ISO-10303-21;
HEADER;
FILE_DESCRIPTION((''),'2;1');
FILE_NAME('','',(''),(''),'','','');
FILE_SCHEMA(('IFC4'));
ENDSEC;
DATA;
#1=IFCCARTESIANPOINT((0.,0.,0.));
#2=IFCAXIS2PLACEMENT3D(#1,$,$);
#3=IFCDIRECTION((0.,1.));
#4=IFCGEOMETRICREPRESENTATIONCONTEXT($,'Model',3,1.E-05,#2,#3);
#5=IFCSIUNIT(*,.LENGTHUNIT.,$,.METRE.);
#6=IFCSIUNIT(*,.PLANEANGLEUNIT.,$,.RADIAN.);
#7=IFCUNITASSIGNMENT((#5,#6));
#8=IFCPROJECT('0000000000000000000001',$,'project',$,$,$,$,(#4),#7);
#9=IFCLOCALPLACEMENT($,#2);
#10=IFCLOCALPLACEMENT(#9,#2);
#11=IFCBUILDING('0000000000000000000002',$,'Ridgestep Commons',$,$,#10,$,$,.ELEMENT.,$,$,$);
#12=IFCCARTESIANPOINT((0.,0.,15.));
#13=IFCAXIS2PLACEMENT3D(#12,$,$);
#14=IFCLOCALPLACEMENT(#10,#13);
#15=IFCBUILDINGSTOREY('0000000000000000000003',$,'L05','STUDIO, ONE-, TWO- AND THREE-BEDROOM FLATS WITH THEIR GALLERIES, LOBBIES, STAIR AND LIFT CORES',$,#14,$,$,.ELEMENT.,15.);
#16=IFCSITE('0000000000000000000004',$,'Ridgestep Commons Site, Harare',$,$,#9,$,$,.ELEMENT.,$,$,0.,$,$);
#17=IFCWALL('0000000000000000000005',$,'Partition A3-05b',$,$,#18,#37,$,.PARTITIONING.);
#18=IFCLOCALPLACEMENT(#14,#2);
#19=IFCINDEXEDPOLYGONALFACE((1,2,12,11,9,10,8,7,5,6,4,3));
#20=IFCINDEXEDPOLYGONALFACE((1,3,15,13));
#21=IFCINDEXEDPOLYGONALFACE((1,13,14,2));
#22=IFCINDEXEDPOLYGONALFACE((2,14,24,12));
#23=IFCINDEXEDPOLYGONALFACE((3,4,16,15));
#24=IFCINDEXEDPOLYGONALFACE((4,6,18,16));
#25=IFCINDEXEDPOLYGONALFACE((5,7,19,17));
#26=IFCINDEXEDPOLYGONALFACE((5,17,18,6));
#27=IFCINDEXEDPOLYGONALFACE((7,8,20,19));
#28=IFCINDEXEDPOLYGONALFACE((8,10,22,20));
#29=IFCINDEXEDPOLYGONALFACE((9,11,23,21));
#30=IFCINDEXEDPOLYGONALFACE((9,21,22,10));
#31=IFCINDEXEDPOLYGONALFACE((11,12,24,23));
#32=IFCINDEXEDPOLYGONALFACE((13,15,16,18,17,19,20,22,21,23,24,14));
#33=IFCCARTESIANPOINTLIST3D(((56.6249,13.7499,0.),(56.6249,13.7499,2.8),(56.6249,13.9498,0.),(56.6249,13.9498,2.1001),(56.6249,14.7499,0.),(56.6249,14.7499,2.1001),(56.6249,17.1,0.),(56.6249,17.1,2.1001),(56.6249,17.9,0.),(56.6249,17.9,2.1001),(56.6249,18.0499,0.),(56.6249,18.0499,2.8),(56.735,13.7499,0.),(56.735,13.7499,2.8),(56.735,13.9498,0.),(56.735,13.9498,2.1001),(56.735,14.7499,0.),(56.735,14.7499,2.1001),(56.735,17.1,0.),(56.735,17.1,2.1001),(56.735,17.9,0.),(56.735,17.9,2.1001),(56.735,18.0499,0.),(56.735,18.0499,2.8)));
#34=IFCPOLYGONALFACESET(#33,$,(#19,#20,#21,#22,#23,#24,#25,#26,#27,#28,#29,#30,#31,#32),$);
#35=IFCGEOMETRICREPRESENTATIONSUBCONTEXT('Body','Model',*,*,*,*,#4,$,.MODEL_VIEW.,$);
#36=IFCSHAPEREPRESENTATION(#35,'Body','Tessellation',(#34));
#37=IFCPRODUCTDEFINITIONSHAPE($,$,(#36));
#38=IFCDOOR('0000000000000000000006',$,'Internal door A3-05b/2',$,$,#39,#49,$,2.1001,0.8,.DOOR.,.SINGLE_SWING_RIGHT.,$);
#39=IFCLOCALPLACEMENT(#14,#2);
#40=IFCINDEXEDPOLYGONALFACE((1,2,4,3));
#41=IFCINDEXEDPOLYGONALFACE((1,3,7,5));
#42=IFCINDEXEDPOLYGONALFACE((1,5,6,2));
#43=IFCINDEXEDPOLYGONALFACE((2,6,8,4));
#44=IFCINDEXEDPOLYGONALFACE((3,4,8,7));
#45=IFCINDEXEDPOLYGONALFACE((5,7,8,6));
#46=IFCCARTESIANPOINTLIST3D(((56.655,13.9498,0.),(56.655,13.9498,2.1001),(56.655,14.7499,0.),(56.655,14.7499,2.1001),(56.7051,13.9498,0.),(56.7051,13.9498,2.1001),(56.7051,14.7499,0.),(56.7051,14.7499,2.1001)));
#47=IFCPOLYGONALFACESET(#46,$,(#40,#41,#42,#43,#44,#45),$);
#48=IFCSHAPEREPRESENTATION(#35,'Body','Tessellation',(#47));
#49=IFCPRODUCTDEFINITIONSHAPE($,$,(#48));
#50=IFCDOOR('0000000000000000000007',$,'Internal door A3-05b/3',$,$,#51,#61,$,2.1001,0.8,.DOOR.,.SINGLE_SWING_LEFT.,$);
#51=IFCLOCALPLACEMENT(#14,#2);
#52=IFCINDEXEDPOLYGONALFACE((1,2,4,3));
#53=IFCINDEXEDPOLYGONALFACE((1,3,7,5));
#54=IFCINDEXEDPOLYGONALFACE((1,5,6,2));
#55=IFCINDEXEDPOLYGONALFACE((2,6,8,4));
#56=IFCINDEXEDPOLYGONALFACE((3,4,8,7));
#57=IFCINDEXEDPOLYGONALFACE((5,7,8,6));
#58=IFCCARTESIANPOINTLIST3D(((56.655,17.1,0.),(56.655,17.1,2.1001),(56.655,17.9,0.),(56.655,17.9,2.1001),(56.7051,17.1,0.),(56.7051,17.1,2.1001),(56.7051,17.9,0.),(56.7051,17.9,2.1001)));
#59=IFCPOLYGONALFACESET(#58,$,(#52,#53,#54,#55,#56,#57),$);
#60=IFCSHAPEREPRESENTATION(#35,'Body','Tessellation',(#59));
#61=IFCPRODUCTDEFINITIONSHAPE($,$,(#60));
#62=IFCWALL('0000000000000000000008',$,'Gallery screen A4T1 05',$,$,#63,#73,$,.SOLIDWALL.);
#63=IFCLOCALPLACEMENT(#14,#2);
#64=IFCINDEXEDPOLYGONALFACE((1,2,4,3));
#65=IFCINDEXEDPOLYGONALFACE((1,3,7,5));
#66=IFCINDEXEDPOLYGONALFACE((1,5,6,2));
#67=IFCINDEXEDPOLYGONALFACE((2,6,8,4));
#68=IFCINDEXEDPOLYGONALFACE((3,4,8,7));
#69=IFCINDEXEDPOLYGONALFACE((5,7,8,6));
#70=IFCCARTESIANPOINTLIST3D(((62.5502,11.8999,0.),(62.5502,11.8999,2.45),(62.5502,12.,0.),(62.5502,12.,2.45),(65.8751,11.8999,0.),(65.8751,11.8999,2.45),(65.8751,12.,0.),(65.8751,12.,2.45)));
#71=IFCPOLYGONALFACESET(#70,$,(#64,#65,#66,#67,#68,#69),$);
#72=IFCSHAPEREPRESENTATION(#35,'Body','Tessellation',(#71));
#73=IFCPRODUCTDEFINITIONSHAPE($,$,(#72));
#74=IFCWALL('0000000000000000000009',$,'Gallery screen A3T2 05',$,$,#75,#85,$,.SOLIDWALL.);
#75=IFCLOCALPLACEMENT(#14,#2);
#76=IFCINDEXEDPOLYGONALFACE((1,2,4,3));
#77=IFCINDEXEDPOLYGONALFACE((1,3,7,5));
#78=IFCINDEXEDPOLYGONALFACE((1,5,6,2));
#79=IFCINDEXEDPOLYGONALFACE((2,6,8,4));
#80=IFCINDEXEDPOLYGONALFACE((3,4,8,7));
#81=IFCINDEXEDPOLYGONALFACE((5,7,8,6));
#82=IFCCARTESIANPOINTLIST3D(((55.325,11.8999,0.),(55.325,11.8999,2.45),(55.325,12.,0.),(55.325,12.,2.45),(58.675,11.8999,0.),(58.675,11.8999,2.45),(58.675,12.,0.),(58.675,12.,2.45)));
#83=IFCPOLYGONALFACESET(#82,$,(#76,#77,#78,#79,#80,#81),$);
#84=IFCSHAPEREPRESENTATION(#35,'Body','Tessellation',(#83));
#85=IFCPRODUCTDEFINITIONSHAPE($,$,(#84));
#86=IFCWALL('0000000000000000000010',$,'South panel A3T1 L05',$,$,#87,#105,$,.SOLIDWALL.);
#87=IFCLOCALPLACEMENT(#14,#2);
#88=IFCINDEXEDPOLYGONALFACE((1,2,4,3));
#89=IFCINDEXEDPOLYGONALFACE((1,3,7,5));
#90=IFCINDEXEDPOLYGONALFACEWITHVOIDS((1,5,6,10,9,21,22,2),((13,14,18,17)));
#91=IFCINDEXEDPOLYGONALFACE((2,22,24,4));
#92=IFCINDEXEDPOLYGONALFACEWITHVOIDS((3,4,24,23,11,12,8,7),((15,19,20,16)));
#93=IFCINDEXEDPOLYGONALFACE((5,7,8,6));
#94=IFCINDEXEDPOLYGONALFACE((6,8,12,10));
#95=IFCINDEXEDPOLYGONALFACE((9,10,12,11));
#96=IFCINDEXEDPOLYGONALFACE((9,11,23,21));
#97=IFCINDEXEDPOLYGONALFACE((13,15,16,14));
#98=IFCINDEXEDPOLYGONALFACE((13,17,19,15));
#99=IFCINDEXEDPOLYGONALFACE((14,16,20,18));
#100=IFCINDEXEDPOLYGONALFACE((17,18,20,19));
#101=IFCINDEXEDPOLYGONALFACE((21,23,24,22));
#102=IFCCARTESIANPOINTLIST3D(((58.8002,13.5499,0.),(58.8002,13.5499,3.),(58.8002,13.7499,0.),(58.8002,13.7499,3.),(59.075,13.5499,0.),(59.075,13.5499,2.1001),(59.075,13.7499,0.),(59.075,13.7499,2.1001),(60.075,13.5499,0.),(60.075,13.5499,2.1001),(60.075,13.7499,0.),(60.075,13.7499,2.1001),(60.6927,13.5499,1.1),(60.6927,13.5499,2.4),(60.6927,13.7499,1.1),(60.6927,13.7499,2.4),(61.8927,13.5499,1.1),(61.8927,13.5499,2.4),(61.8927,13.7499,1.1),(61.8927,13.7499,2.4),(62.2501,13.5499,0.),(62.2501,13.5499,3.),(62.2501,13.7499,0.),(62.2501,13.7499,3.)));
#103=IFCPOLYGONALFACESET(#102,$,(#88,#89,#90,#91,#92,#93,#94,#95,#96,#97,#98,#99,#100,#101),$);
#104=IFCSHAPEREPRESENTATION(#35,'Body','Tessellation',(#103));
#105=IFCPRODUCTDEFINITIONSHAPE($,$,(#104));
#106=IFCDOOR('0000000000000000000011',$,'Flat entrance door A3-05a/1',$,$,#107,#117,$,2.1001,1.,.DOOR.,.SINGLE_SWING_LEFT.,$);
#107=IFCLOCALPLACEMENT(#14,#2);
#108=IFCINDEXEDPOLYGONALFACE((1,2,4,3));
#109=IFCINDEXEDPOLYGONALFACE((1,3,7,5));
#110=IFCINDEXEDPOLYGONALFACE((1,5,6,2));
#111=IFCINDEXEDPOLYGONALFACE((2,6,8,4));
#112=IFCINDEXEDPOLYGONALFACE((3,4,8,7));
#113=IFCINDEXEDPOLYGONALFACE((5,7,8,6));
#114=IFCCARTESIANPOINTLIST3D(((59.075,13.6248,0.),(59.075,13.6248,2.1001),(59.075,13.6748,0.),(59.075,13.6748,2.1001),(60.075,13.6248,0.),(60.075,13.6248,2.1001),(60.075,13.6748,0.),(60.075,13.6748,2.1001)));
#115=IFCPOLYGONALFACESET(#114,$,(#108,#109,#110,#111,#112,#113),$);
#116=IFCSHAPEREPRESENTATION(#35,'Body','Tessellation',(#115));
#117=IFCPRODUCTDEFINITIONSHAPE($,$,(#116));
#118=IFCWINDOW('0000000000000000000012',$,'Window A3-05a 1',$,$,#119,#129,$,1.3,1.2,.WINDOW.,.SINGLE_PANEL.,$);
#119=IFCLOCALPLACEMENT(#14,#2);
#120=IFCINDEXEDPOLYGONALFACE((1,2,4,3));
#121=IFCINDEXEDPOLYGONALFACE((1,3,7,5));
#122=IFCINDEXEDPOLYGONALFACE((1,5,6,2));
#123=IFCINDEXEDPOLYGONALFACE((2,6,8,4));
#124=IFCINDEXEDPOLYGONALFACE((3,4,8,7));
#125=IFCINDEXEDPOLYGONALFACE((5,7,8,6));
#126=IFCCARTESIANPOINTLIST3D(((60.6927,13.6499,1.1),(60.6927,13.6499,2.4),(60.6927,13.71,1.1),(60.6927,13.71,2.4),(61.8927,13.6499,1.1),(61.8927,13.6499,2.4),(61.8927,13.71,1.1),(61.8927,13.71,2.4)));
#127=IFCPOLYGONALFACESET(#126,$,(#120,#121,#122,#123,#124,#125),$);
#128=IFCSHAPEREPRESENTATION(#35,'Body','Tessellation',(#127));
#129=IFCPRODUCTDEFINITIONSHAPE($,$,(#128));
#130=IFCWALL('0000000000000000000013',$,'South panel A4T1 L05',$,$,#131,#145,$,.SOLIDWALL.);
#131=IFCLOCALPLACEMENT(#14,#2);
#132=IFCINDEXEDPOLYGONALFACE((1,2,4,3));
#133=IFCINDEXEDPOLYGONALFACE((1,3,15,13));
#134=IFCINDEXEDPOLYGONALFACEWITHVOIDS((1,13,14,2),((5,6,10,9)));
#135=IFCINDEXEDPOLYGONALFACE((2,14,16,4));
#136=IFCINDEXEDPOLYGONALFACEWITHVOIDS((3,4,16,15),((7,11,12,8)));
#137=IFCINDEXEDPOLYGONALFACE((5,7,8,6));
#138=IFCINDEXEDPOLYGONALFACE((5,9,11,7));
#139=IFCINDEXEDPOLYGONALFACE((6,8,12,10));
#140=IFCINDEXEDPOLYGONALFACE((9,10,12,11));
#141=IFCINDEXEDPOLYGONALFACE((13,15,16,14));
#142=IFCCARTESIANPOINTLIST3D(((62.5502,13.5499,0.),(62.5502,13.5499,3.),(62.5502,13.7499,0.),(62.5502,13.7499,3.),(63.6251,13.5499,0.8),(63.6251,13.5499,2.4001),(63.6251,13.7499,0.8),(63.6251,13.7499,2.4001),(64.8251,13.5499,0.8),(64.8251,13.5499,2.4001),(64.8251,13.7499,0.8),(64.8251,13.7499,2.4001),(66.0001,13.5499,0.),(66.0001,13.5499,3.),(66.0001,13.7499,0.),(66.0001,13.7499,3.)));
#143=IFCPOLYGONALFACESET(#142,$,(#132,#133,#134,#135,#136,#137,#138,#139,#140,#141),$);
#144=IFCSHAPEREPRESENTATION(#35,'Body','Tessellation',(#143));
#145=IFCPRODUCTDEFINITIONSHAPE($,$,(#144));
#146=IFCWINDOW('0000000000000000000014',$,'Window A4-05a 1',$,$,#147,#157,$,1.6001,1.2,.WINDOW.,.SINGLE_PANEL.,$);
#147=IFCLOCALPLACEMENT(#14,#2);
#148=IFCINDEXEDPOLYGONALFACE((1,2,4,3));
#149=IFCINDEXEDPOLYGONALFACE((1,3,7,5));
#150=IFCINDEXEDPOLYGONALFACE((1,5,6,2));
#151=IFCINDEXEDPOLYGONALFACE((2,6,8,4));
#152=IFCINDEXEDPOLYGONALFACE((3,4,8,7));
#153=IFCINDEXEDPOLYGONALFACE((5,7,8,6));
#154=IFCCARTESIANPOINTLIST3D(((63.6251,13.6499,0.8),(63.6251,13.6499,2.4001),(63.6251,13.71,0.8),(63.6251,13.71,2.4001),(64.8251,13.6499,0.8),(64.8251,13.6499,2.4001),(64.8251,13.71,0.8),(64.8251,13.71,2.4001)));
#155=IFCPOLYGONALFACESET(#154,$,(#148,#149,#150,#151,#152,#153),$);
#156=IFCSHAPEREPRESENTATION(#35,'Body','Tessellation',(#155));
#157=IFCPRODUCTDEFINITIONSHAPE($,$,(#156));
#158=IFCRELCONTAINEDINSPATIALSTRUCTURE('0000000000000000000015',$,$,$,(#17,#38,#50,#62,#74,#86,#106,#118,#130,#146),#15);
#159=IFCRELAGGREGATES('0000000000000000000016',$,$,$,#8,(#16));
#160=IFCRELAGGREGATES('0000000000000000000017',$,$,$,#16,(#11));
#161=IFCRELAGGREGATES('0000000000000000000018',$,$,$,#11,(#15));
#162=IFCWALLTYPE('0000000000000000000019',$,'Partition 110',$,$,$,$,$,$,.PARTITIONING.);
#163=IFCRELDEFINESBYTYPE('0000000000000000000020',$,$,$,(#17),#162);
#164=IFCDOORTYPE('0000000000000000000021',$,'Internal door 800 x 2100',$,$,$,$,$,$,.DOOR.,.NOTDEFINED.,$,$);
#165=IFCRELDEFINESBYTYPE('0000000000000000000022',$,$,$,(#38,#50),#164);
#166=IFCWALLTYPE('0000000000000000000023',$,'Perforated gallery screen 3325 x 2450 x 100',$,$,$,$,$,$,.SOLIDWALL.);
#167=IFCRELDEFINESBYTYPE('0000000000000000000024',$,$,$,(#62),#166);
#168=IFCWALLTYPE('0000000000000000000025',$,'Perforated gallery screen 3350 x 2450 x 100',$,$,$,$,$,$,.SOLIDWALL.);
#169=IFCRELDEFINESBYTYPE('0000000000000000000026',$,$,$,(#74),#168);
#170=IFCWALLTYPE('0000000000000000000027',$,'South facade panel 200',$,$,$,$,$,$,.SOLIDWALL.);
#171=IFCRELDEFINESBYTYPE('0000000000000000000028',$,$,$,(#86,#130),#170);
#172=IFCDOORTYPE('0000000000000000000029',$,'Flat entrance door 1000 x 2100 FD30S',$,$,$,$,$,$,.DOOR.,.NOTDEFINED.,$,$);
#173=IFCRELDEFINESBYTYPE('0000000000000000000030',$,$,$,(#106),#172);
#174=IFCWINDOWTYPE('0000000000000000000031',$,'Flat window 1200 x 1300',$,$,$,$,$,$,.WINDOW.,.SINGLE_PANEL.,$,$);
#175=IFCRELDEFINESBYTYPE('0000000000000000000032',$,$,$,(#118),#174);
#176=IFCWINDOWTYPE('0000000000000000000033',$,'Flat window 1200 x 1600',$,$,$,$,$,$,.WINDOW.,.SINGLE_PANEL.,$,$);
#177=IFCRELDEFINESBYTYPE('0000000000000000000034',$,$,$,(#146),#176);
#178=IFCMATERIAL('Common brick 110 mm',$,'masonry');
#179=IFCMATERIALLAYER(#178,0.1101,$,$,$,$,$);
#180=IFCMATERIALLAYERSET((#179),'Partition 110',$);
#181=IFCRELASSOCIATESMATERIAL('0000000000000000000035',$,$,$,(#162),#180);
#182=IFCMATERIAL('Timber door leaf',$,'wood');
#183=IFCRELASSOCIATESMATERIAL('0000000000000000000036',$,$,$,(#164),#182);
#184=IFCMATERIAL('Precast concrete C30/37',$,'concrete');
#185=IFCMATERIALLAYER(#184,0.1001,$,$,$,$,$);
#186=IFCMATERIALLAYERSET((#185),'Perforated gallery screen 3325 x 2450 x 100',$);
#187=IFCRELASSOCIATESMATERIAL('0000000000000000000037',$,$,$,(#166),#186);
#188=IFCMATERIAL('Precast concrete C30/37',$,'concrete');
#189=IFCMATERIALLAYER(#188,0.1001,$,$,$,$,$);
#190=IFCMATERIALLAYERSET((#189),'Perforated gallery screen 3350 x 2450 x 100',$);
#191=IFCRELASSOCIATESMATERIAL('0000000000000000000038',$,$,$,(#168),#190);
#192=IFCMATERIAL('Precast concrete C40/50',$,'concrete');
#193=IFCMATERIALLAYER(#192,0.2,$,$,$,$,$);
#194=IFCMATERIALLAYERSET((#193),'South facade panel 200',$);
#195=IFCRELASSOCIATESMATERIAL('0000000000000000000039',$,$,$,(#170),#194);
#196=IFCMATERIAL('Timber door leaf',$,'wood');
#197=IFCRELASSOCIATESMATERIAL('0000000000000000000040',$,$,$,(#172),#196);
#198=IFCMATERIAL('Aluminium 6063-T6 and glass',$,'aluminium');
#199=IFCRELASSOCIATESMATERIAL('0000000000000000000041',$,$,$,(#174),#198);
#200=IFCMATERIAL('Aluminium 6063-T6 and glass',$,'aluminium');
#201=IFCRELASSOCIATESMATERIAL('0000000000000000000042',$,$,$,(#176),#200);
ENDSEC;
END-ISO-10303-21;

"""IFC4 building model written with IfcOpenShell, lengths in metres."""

from ifc_helpers import new_model, si_unit, direction, frame, frame_2d, origin, place, context, subcontext, project, spatial, rectangle, extrude, material, layer, layer_set, type_object, element, fill, save


model = new_model("IFC4")

# Units and contexts
model_context = context("Model", 3, precision=1e-05, world=origin(), true_north=direction((0.0, 1.0)))
body_context = subcontext(model_context, "Body", "Model", "MODEL_VIEW")
ifc_project = project(units=[si_unit("LENGTHUNIT", "METRE"), si_unit("PLANEANGLEUNIT", "RADIAN")], contexts=[model_context])

# Site, building, storey
site_placement = place(None, origin())
site = spatial("IfcSite", under=ifc_project, at=site_placement, Name="Ridgestep Commons Site, Harare", CompositionType="ELEMENT", RefElevation=0.0)
building_placement = place(site_placement, origin())
building = spatial("IfcBuilding", under=site, at=building_placement, Name="Ridgestep Commons", CompositionType="ELEMENT")
storey_placement = place(building_placement, frame((0.0, 0.0, 15.0)))
storey = spatial("IfcBuildingStorey", under=building, at=storey_placement, Name="L05", Description="STUDIO, ONE-, TWO- AND THREE-BEDROOM FLATS WITH THEIR GALLERIES, LOBBIES, STAIR AND LIFT CORES", CompositionType="ELEMENT", Elevation=15.0)

# Wall, openings, doors
ifc_material_1 = material(Name="Common brick 110 mm", Category="masonry")
ifc_layer_1 = layer(ifc_material_1, 0.1101)
ifc_layer_set_1 = layer_set([ifc_layer_1], Name="Partition 110")
wall_type_1 = type_object("IfcWallType", Name="Partition 110", PredefinedType="PARTITIONING", material=ifc_layer_set_1)
ifc_material_2 = material(Name="Timber door leaf", Category="wood")
door_type_1 = type_object("IfcDoorType", Name="Internal door 800 x 2100", OperationType="NOTDEFINED", PredefinedType="DOOR", material=ifc_material_2)
wall_1_placement = place(storey_placement, frame((56.6799, 13.75, 0.0), z_axis=(0.0, 0.0, 1.0), x_axis=(0.0, 1.0, 0.0)))
wall_1 = element("IfcWall", 1, at=wall_1_placement, inside=storey, type_object=wall_type_1, Name="Partition A3-05b", PredefinedType="PARTITIONING", context=body_context, shape_type="SweptSolid", body=[
    extrude(rectangle(XDim=4.3, YDim=0.1101, at=frame_2d((2.1499, 0.0))), origin(), (0.0, 0.0, 1.0), 2.8),
])
opening_1_placement = place(wall_1_placement, frame((0.2, 0.0, 0.0)))
opening_1 = element("IfcOpeningElement", 2, at=opening_1_placement, cuts=wall_1, PredefinedType="OPENING", context=body_context, shape_type="SweptSolid", body=[
    extrude(rectangle(XDim=0.8, YDim=2.1001, at=frame_2d((0.3999, 1.05))), frame((0.0, 0.0649, 0.0), z_axis=(0.0, -1.0, 0.0), x_axis=(1.0, 0.0, 0.0)), (0.0, 0.0, 1.0), 0.1301),
])
opening_2_placement = place(wall_1_placement, frame((3.3501, 0.0, 0.0)))
opening_2 = element("IfcOpeningElement", 3, at=opening_2_placement, cuts=wall_1, PredefinedType="OPENING", context=body_context, shape_type="SweptSolid", body=[
    extrude(rectangle(XDim=0.8, YDim=2.1001, at=frame_2d((0.3999, 1.05))), frame((0.0, 0.0649, 0.0), z_axis=(0.0, -1.0, 0.0), x_axis=(1.0, 0.0, 0.0)), (0.0, 0.0, 1.0), 0.1301),
])
door_1_placement = place(opening_1_placement, origin())
door_1 = element("IfcDoor", 4, at=door_1_placement, inside=storey, type_object=door_type_1, Name="Internal door A3-05b/2", OperationType="SINGLE_SWING_RIGHT", OverallHeight=2.1001, OverallWidth=0.8, PredefinedType="DOOR", context=body_context, shape_type="SweptSolid", body=[
    extrude(rectangle(XDim=0.8, YDim=2.1001, at=frame_2d((0.3999, 1.05))), frame((0.0, 0.0249, 0.0), z_axis=(0.0, -1.0, 0.0), x_axis=(1.0, 0.0, 0.0)), (0.0, 0.0, 1.0), 0.05),
])
fill(opening_1, door_1)
door_2_placement = place(opening_2_placement, origin())
door_2 = element("IfcDoor", 5, at=door_2_placement, inside=storey, type_object=door_type_1, Name="Internal door A3-05b/3", OperationType="SINGLE_SWING_LEFT", OverallHeight=2.1001, OverallWidth=0.8, PredefinedType="DOOR", context=body_context, shape_type="SweptSolid", body=[
    extrude(rectangle(XDim=0.8, YDim=2.1001, at=frame_2d((0.3999, 1.05))), frame((0.0, 0.0249, 0.0), z_axis=(0.0, -1.0, 0.0), x_axis=(1.0, 0.0, 0.0)), (0.0, 0.0, 1.0), 0.05),
])
fill(opening_2, door_2)

# Walls
ifc_material_3 = material(Name="Precast concrete C30/37", Category="concrete")
ifc_layer_2 = layer(ifc_material_3, 0.1001)
ifc_layer_set_2 = layer_set([ifc_layer_2], Name="Perforated gallery screen 3325 x 2450 x 100")
wall_type_2 = type_object("IfcWallType", Name="Perforated gallery screen 3325 x 2450 x 100", PredefinedType="SOLIDWALL", material=ifc_layer_set_2)
wall_2_placement = place(storey_placement, frame((62.55, 11.95, 0.0), z_axis=(0.0, 0.0, 1.0), x_axis=(1.0, 0.0, 0.0)))
element("IfcWall", 6, at=wall_2_placement, inside=storey, type_object=wall_type_2, Name="Gallery screen A4T1 05", PredefinedType="SOLIDWALL", context=body_context, shape_type="SweptSolid", body=[
    extrude(rectangle(XDim=3.325, YDim=0.1001, at=frame_2d((1.6626, 0.0))), origin(), (0.0, 0.0, 1.0), 2.45),
])
ifc_material_4 = material(Name="Precast concrete C30/37", Category="concrete")
ifc_layer_3 = layer(ifc_material_4, 0.1001)
ifc_layer_set_3 = layer_set([ifc_layer_3], Name="Perforated gallery screen 3350 x 2450 x 100")
wall_type_3 = type_object("IfcWallType", Name="Perforated gallery screen 3350 x 2450 x 100", PredefinedType="SOLIDWALL", material=ifc_layer_set_3)
wall_3_placement = place(storey_placement, frame((55.325, 11.95, 0.0), z_axis=(0.0, 0.0, 1.0), x_axis=(1.0, 0.0, 0.0)))
element("IfcWall", 7, at=wall_3_placement, inside=storey, type_object=wall_type_3, Name="Gallery screen A3T2 05", PredefinedType="SOLIDWALL", context=body_context, shape_type="SweptSolid", body=[
    extrude(rectangle(XDim=3.3501, YDim=0.1001, at=frame_2d((1.675, 0.0))), origin(), (0.0, 0.0, 1.0), 2.45),
])

# Wall, openings, door, window
ifc_material_5 = material(Name="Precast concrete C40/50", Category="concrete")
ifc_layer_4 = layer(ifc_material_5, 0.2)
ifc_layer_set_4 = layer_set([ifc_layer_4], Name="South facade panel 200")
wall_type_4 = type_object("IfcWallType", Name="South facade panel 200", PredefinedType="SOLIDWALL", material=ifc_layer_set_4)
wall_4_placement = place(storey_placement, frame((58.8, 13.6499, 0.0), z_axis=(0.0, 0.0, 1.0), x_axis=(1.0, 0.0, 0.0)))
wall_4 = element("IfcWall", 8, at=wall_4_placement, inside=storey, type_object=wall_type_4, Name="South panel A3T1 L05", PredefinedType="SOLIDWALL", context=body_context, shape_type="SweptSolid", body=[
    extrude(rectangle(XDim=3.45, YDim=0.2, at=frame_2d((1.7251, 0.0))), origin(), (0.0, 0.0, 1.0), 3.0),
])
opening_3_placement = place(wall_4_placement, frame((1.8926, 0.0, 1.1001)))
opening_3 = element("IfcOpeningElement", 9, at=opening_3_placement, cuts=wall_4, PredefinedType="OPENING", context=body_context, shape_type="SweptSolid", body=[
    extrude(rectangle(XDim=1.2, YDim=1.3, at=frame_2d((0.6001, 0.6499))), frame((0.0, 0.1099, 0.0), z_axis=(0.0, -1.0, 0.0), x_axis=(1.0, 0.0, 0.0)), (0.0, 0.0, 1.0), 0.22),
])
opening_4_placement = place(wall_4_placement, frame((0.2749, 0.0, 0.0)))
opening_4 = element("IfcOpeningElement", 10, at=opening_4_placement, cuts=wall_4, PredefinedType="OPENING", context=body_context, shape_type="SweptSolid", body=[
    extrude(rectangle(XDim=1.0, YDim=2.1001, at=frame_2d((0.5, 1.05))), frame((0.0, 0.1099, 0.0), z_axis=(0.0, -1.0, 0.0), x_axis=(1.0, 0.0, 0.0)), (0.0, 0.0, 1.0), 0.22),
])
ifc_material_6 = material(Name="Timber door leaf", Category="wood")
door_type_2 = type_object("IfcDoorType", Name="Flat entrance door 1000 x 2100 FD30S", OperationType="NOTDEFINED", PredefinedType="DOOR", material=ifc_material_6)
door_3_placement = place(opening_4_placement, origin())
door_3 = element("IfcDoor", 11, at=door_3_placement, inside=storey, type_object=door_type_2, Name="Flat entrance door A3-05a/1", OperationType="SINGLE_SWING_LEFT", OverallHeight=2.1001, OverallWidth=1.0, PredefinedType="DOOR", context=body_context, shape_type="SweptSolid", body=[
    extrude(rectangle(XDim=1.0, YDim=2.1001, at=frame_2d((0.5, 1.05))), frame((0.0, 0.0249, 0.0), z_axis=(0.0, -1.0, 0.0), x_axis=(1.0, 0.0, 0.0)), (0.0, 0.0, 1.0), 0.05),
])
fill(opening_4, door_3)
ifc_material_7 = material(Name="Aluminium 6063-T6 and glass", Category="aluminium")
window_type_1 = type_object("IfcWindowType", Name="Flat window 1200 x 1300", PartitioningType="SINGLE_PANEL", PredefinedType="WINDOW", material=ifc_material_7)
window_1_placement = place(opening_3_placement, origin())
window_1 = element("IfcWindow", 12, at=window_1_placement, inside=storey, type_object=window_type_1, Name="Window A3-05a 1", OverallHeight=1.3, OverallWidth=1.2, PartitioningType="SINGLE_PANEL", PredefinedType="WINDOW", context=body_context, shape_type="SweptSolid", body=[
    extrude(rectangle(XDim=1.2, YDim=1.3, at=frame_2d((0.6001, 0.6499))), frame((0.0, 0.0601, 0.0), z_axis=(0.0, -1.0, 0.0), x_axis=(1.0, 0.0, 0.0)), (0.0, 0.0, 1.0), 0.0601),
])
fill(opening_3, window_1)

# Wall, opening, window
wall_5_placement = place(storey_placement, frame((62.55, 13.6499, 0.0), z_axis=(0.0, 0.0, 1.0), x_axis=(1.0, 0.0, 0.0)))
wall_5 = element("IfcWall", 13, at=wall_5_placement, inside=storey, type_object=wall_type_4, Name="South panel A4T1 L05", PredefinedType="SOLIDWALL", context=body_context, shape_type="SweptSolid", body=[
    extrude(rectangle(XDim=3.45, YDim=0.2, at=frame_2d((1.7251, 0.0))), origin(), (0.0, 0.0, 1.0), 3.0),
])
opening_5_placement = place(wall_5_placement, frame((1.075, 0.0, 0.8)))
opening_5 = element("IfcOpeningElement", 14, at=opening_5_placement, cuts=wall_5, PredefinedType="OPENING", context=body_context, shape_type="SweptSolid", body=[
    extrude(rectangle(XDim=1.2, YDim=1.6001, at=frame_2d((0.6001, 0.8))), frame((0.0, 0.1099, 0.0), z_axis=(0.0, -1.0, 0.0), x_axis=(1.0, 0.0, 0.0)), (0.0, 0.0, 1.0), 0.22),
])
ifc_material_8 = material(Name="Aluminium 6063-T6 and glass", Category="aluminium")
window_type_2 = type_object("IfcWindowType", Name="Flat window 1200 x 1600", PartitioningType="SINGLE_PANEL", PredefinedType="WINDOW", material=ifc_material_8)
window_2_placement = place(opening_5_placement, origin())
window_2 = element("IfcWindow", 15, at=window_2_placement, inside=storey, type_object=window_type_2, Name="Window A4-05a 1", OverallHeight=1.6001, OverallWidth=1.2, PartitioningType="SINGLE_PANEL", PredefinedType="WINDOW", context=body_context, shape_type="SweptSolid", body=[
    extrude(rectangle(XDim=1.2, YDim=1.6001, at=frame_2d((0.6001, 0.8))), frame((0.0, 0.0601, 0.0), z_axis=(0.0, -1.0, 0.0), x_axis=(1.0, 0.0, 0.0)), (0.0, 0.0, 1.0), 0.0601),
])
fill(opening_5, window_2)

save(model, "model.ifc")
